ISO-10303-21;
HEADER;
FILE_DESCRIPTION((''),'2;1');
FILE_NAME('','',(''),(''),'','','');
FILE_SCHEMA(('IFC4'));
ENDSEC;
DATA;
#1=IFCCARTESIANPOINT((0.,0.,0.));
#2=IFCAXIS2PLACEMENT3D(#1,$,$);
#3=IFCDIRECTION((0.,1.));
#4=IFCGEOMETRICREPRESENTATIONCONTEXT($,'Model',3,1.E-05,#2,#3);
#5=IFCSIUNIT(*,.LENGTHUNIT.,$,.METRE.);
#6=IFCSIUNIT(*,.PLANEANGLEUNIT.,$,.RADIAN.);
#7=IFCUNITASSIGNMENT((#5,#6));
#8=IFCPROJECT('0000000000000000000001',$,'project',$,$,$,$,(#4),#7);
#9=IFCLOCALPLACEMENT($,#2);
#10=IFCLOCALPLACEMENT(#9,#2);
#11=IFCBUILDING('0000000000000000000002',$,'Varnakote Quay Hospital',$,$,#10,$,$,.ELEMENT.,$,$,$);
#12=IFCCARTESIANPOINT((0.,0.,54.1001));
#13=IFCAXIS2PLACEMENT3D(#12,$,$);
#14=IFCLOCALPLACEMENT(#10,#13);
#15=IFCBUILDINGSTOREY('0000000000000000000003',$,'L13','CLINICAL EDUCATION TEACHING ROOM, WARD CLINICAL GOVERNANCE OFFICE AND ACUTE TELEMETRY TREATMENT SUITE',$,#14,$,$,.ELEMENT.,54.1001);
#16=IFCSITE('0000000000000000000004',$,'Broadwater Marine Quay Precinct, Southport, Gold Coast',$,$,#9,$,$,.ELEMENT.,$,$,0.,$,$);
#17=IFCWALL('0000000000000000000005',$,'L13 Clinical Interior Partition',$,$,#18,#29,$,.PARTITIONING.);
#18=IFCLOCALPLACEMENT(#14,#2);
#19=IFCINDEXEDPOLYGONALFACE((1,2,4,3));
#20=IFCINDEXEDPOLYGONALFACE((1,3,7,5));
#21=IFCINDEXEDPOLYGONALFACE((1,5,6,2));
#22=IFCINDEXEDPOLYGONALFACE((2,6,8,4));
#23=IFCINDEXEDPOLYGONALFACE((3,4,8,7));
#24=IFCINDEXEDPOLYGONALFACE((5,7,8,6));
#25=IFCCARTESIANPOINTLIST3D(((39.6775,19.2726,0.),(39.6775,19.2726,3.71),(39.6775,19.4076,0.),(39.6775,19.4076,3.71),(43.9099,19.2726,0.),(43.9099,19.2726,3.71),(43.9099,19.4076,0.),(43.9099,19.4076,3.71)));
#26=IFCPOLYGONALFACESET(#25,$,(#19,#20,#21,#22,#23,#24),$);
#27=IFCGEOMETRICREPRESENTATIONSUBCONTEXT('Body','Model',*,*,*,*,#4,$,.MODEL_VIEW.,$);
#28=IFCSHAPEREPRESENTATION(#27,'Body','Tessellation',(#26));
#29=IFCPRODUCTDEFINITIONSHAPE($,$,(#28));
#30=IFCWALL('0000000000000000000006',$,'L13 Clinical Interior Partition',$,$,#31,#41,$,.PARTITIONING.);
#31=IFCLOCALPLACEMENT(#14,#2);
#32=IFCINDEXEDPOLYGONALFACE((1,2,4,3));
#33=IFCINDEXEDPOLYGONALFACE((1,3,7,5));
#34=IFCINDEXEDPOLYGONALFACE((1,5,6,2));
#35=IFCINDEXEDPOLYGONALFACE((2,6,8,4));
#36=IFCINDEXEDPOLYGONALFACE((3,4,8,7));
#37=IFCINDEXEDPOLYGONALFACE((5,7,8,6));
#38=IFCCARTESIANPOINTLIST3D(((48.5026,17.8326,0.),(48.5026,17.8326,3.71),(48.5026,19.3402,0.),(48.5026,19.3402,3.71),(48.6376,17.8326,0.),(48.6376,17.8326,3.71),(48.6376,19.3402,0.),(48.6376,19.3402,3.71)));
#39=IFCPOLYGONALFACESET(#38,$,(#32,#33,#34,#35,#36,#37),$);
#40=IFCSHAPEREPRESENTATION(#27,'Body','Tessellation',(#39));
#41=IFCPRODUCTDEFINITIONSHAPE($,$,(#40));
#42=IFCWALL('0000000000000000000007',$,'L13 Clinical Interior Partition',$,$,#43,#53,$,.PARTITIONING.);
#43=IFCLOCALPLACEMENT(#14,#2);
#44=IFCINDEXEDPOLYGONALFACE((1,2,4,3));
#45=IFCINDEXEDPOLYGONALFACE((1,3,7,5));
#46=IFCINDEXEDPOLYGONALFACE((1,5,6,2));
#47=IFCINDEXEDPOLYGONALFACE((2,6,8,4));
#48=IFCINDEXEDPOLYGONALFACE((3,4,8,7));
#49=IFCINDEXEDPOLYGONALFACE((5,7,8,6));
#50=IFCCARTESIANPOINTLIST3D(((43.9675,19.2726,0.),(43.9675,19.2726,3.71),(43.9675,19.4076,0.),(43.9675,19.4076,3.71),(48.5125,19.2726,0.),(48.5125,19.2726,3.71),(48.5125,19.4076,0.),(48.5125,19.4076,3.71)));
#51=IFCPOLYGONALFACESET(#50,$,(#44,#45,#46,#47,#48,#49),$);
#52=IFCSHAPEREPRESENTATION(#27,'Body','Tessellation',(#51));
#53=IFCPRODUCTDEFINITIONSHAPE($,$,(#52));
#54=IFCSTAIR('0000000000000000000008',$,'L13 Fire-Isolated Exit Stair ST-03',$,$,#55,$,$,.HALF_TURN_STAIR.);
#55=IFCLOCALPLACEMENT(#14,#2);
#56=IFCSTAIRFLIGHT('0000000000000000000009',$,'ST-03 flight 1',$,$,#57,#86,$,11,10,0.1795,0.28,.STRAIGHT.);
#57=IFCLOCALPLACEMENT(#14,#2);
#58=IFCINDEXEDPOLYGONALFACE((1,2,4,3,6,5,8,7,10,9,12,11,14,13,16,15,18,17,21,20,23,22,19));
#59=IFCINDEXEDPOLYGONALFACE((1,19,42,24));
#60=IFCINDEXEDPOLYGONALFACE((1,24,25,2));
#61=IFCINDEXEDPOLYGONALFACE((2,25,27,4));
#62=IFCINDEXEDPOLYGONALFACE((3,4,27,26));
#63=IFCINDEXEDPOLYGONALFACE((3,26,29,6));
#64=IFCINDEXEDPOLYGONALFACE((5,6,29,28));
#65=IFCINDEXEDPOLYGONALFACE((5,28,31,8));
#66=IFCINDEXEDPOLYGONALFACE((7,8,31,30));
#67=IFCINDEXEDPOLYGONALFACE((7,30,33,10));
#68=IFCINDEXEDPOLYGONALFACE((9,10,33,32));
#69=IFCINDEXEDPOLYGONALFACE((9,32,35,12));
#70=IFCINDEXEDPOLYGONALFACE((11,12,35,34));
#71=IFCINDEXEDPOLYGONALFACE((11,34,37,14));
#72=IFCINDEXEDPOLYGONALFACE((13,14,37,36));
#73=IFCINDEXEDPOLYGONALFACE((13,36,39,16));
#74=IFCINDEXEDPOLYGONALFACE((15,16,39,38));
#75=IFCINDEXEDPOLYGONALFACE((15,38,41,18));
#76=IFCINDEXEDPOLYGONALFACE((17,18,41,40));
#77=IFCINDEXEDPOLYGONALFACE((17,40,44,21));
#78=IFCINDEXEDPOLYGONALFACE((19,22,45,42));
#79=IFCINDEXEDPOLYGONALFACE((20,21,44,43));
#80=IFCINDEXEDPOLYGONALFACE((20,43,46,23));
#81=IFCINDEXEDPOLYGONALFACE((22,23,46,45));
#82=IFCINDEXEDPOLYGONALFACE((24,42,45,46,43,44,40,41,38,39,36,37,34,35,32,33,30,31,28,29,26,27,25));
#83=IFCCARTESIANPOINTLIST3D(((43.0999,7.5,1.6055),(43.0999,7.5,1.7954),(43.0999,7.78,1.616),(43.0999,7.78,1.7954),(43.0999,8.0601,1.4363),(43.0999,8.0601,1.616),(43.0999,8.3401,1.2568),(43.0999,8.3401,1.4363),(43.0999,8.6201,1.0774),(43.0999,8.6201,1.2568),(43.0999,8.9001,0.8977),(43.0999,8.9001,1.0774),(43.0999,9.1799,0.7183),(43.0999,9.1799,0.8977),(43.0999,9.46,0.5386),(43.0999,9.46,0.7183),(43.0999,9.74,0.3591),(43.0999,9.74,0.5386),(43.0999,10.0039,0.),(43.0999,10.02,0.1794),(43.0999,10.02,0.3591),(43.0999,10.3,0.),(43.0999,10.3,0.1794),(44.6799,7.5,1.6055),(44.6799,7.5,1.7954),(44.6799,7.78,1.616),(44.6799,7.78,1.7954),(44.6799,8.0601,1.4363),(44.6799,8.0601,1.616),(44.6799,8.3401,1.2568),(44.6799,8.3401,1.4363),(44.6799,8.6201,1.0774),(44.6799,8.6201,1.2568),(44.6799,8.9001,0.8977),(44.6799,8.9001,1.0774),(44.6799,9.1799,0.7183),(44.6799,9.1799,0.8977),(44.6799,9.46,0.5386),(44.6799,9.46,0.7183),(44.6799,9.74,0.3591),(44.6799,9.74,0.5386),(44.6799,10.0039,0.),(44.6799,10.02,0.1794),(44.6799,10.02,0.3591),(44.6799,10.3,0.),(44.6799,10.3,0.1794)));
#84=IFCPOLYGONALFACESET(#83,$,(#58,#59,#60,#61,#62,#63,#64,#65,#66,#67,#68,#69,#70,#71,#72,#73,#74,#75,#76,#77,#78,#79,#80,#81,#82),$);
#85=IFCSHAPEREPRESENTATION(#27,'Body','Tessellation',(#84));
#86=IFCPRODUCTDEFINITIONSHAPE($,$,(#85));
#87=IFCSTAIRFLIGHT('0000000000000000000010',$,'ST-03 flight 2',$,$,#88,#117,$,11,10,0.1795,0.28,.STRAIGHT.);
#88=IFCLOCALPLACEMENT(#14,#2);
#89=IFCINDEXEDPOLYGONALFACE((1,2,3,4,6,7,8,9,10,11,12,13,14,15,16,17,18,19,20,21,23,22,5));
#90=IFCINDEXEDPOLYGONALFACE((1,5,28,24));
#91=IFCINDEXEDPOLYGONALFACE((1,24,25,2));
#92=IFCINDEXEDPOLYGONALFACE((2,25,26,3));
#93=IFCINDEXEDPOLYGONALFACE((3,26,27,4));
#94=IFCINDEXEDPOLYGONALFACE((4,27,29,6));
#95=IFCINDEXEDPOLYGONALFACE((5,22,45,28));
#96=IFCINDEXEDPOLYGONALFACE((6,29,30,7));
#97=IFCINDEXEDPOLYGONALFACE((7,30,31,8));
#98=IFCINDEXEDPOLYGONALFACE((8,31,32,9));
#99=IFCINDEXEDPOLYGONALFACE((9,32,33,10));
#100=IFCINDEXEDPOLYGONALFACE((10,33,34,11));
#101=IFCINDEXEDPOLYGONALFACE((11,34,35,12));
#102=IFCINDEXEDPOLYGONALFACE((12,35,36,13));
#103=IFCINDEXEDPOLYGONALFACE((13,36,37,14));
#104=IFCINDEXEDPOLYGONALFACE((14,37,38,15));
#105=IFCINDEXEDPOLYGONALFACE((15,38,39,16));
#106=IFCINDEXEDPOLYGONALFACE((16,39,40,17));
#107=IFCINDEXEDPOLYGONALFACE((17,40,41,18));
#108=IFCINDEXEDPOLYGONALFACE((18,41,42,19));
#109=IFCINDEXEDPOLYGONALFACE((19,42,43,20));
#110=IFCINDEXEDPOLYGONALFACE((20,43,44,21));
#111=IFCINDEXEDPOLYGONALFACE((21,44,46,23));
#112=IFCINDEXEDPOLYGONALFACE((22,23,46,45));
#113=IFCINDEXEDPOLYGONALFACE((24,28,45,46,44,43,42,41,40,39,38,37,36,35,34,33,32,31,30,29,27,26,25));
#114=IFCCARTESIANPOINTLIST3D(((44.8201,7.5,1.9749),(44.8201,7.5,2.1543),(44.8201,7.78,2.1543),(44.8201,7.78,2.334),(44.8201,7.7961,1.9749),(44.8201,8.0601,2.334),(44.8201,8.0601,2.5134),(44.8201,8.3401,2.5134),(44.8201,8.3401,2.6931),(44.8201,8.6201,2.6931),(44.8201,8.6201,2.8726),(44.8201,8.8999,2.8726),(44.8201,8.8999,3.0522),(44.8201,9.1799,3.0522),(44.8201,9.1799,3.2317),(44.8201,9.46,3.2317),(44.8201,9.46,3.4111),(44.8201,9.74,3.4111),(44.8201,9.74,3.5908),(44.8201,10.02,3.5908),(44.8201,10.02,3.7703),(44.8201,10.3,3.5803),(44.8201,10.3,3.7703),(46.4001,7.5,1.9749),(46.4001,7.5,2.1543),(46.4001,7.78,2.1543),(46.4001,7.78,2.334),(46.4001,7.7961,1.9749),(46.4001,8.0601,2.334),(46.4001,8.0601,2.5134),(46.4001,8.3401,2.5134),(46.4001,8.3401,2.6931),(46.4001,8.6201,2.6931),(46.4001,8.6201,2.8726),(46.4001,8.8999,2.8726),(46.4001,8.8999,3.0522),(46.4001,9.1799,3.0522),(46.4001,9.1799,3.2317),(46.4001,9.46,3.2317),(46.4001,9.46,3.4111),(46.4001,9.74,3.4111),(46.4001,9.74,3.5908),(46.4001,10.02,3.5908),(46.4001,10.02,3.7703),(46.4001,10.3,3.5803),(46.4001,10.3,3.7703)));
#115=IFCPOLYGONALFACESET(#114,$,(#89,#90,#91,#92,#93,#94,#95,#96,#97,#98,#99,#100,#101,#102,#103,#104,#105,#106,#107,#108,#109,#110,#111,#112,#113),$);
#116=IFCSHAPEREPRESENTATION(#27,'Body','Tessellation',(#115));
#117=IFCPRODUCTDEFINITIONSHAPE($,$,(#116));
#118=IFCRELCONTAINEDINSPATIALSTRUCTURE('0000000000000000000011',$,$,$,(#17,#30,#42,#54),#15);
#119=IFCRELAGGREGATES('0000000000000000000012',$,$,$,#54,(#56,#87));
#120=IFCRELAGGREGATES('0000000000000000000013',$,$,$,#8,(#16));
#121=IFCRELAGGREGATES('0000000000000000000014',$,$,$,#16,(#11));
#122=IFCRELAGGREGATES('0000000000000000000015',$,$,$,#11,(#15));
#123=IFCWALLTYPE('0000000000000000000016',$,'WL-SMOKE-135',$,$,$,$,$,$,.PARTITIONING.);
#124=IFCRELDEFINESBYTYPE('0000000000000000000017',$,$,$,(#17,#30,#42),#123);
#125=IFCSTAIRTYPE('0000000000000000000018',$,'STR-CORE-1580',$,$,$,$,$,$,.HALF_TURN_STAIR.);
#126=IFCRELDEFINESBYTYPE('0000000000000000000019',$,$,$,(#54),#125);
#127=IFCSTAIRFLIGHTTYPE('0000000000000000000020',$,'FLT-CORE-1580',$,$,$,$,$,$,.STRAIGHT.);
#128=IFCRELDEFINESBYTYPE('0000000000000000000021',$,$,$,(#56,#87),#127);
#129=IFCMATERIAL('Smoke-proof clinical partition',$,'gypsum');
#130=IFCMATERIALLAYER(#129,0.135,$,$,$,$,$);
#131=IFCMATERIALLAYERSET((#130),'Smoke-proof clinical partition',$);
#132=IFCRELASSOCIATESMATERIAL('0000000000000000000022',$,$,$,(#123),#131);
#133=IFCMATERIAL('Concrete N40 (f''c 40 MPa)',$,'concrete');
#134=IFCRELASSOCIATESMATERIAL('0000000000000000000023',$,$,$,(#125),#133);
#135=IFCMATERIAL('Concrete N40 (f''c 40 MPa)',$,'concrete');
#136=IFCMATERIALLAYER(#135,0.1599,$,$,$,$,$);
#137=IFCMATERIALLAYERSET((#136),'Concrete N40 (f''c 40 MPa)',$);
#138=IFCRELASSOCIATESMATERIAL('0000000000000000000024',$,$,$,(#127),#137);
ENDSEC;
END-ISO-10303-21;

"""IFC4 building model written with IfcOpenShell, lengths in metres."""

from ifc_helpers import new_model, si_unit, direction, frame, frame_2d, origin, place, context, subcontext, project, spatial, polyline, rectangle, outline, extrude, material, layer, layer_set, type_object, element, aggregate, save


model = new_model("IFC4")

# Units and contexts
model_context = context("Model", 3, precision=1e-05, world=origin(), true_north=direction((0.0, 1.0)))
body_context = subcontext(model_context, "Body", "Model", "MODEL_VIEW")
ifc_project = project(units=[si_unit("LENGTHUNIT", "METRE"), si_unit("PLANEANGLEUNIT", "RADIAN")], contexts=[model_context])

# Site, building, storey
site_placement = place(None, origin())
site = spatial("IfcSite", under=ifc_project, at=site_placement, Name="Broadwater Marine Quay Precinct, Southport, Gold Coast", CompositionType="ELEMENT", RefElevation=0.0)
building_placement = place(site_placement, origin())
building = spatial("IfcBuilding", under=site, at=building_placement, Name="Varnakote Quay Hospital", CompositionType="ELEMENT")
storey_placement = place(building_placement, frame((0.0, 0.0, 54.1001)))
storey = spatial("IfcBuildingStorey", under=building, at=storey_placement, Name="L13", Description="CLINICAL EDUCATION TEACHING ROOM, WARD CLINICAL GOVERNANCE OFFICE AND ACUTE TELEMETRY TREATMENT SUITE", CompositionType="ELEMENT", Elevation=54.1001)

# Walls
ifc_material_1 = material(Name="Smoke-proof clinical partition", Category="gypsum")
ifc_layer_1 = layer(ifc_material_1, 0.135)
ifc_layer_set_1 = layer_set([ifc_layer_1], Name="Smoke-proof clinical partition")
wall_type_1 = type_object("IfcWallType", Name="WL-SMOKE-135", PredefinedType="PARTITIONING", material=ifc_layer_set_1)
wall_1_placement = place(storey_placement, frame((43.9099, 19.3401, 0.0), z_axis=(0.0, 0.0, 1.0), x_axis=(-1.0, 0.0, 0.0)))
element("IfcWall", 1, at=wall_1_placement, inside=storey, type_object=wall_type_1, Name="L13 Clinical Interior Partition", PredefinedType="PARTITIONING", context=body_context, shape_type="SweptSolid", body=[
    extrude(rectangle(XDim=4.2324, YDim=0.135, at=frame_2d((2.1162, 0.0))), origin(), (0.0, 0.0, 1.0), 3.71),
])
wall_2_placement = place(storey_placement, frame((48.5701, 17.8325, 0.0), z_axis=(0.0, 0.0, 1.0), x_axis=(0.0, 1.0, 0.0)))
element("IfcWall", 2, at=wall_2_placement, inside=storey, type_object=wall_type_1, Name="L13 Clinical Interior Partition", PredefinedType="PARTITIONING", context=body_context, shape_type="SweptSolid", body=[
    extrude(rectangle(XDim=1.5076, YDim=0.135, at=frame_2d((0.7539, 0.0))), origin(), (0.0, 0.0, 1.0), 3.71),
])
wall_3_placement = place(storey_placement, frame((48.5125, 19.3401, 0.0), z_axis=(0.0, 0.0, 1.0), x_axis=(-1.0, 0.0, 0.0)))
element("IfcWall", 3, at=wall_3_placement, inside=storey, type_object=wall_type_1, Name="L13 Clinical Interior Partition", PredefinedType="PARTITIONING", context=body_context, shape_type="SweptSolid", body=[
    extrude(rectangle(XDim=4.5449, YDim=0.135, at=frame_2d((2.2725, 0.0))), origin(), (0.0, 0.0, 1.0), 3.71),
])

# Stair, stair flights
ifc_material_2 = material(Name="Concrete N40 (f'c 40 MPa)", Category="concrete")
stair_type = type_object("IfcStairType", Name="STR-CORE-1580", PredefinedType="HALF_TURN_STAIR", material=ifc_material_2)
stair_placement = place(storey_placement, origin())
stair = element("IfcStair", 4, at=stair_placement, inside=storey, type_object=stair_type, Name="L13 Fire-Isolated Exit Stair ST-03", PredefinedType="HALF_TURN_STAIR")
ifc_material_3 = material(Name="Concrete N40 (f'c 40 MPa)", Category="concrete")
ifc_layer_2 = layer(ifc_material_3, 0.1599)
ifc_layer_set_2 = layer_set([ifc_layer_2], Name="Concrete N40 (f'c 40 MPa)")
stair_flight_type = type_object("IfcStairFlightType", Name="FLT-CORE-1580", PredefinedType="STRAIGHT", material=ifc_layer_set_2)
stair_flight_1_placement = place(storey_placement, frame((43.8899, 10.3, 0.0), z_axis=(0.0, 0.0, 1.0), x_axis=(0.0, -1.0, 0.0)))
stair_flight_1 = element("IfcStairFlight", 5, at=stair_flight_1_placement, type_object=stair_flight_type, Name="ST-03 flight 1", NumberOfRisers=11, NumberOfTreads=10, PredefinedType="STRAIGHT", RiserHeight=0.1795, TreadLength=0.28, context=body_context, shape_type="SweptSolid", body=[
    extrude(outline(polyline([(0.0, 0.0), (0.0, 0.1794), (0.28, 0.1794), (0.28, 0.3591), (0.5601, 0.3591), (0.5601, 0.5386), (0.8401, 0.5386), (0.8401, 0.7183), (1.1201, 0.7183), (1.1201, 0.8977), (1.3999, 0.8977), (1.3999, 1.0774), (1.6799, 1.0774), (1.6799, 1.2568), (1.96, 1.2568), (1.96, 1.4363), (2.24, 1.4363), (2.24, 1.616), (2.52, 1.616), (2.52, 1.7954), (2.8, 1.7954), (2.8, 1.9751), (2.8, 1.6055), (0.2961, 0.0), (0.0, 0.0)])), frame((0.0, 0.79, 0.0), z_axis=(0.0, -1.0, 0.0), x_axis=(1.0, 0.0, 0.0)), (0.0, 0.0, 1.0), 1.5801),
])
stair_flight_2_placement = place(storey_placement, frame((45.6101, 7.5, 1.9749), z_axis=(0.0, 0.0, 1.0), x_axis=(0.0, 1.0, 0.0)))
stair_flight_2 = element("IfcStairFlight", 6, at=stair_flight_2_placement, type_object=stair_flight_type, Name="ST-03 flight 2", NumberOfRisers=11, NumberOfTreads=10, PredefinedType="STRAIGHT", RiserHeight=0.1795, TreadLength=0.28, context=body_context, shape_type="SweptSolid", body=[
    extrude(outline(polyline([(0.0, 0.0), (0.0, 0.1794), (0.28, 0.1794), (0.28, 0.3591), (0.5601, 0.3591), (0.5601, 0.5386), (0.8401, 0.5386), (0.8401, 0.7183), (1.1201, 0.7183), (1.1201, 0.8977), (1.3999, 0.8977), (1.3999, 1.0774), (1.6799, 1.0774), (1.6799, 1.2568), (1.96, 1.2568), (1.96, 1.4363), (2.24, 1.4363), (2.24, 1.616), (2.52, 1.616), (2.52, 1.7954), (2.8, 1.7954), (2.8, 1.9751), (2.8, 1.6055), (0.2961, 0.0), (0.0, 0.0)])), frame((0.0, 0.79, 0.0), z_axis=(0.0, -1.0, 0.0), x_axis=(1.0, 0.0, 0.0)), (0.0, 0.0, 1.0), 1.5801),
])
aggregate(stair, [stair_flight_1, stair_flight_2])

save(model, "model.ifc")
